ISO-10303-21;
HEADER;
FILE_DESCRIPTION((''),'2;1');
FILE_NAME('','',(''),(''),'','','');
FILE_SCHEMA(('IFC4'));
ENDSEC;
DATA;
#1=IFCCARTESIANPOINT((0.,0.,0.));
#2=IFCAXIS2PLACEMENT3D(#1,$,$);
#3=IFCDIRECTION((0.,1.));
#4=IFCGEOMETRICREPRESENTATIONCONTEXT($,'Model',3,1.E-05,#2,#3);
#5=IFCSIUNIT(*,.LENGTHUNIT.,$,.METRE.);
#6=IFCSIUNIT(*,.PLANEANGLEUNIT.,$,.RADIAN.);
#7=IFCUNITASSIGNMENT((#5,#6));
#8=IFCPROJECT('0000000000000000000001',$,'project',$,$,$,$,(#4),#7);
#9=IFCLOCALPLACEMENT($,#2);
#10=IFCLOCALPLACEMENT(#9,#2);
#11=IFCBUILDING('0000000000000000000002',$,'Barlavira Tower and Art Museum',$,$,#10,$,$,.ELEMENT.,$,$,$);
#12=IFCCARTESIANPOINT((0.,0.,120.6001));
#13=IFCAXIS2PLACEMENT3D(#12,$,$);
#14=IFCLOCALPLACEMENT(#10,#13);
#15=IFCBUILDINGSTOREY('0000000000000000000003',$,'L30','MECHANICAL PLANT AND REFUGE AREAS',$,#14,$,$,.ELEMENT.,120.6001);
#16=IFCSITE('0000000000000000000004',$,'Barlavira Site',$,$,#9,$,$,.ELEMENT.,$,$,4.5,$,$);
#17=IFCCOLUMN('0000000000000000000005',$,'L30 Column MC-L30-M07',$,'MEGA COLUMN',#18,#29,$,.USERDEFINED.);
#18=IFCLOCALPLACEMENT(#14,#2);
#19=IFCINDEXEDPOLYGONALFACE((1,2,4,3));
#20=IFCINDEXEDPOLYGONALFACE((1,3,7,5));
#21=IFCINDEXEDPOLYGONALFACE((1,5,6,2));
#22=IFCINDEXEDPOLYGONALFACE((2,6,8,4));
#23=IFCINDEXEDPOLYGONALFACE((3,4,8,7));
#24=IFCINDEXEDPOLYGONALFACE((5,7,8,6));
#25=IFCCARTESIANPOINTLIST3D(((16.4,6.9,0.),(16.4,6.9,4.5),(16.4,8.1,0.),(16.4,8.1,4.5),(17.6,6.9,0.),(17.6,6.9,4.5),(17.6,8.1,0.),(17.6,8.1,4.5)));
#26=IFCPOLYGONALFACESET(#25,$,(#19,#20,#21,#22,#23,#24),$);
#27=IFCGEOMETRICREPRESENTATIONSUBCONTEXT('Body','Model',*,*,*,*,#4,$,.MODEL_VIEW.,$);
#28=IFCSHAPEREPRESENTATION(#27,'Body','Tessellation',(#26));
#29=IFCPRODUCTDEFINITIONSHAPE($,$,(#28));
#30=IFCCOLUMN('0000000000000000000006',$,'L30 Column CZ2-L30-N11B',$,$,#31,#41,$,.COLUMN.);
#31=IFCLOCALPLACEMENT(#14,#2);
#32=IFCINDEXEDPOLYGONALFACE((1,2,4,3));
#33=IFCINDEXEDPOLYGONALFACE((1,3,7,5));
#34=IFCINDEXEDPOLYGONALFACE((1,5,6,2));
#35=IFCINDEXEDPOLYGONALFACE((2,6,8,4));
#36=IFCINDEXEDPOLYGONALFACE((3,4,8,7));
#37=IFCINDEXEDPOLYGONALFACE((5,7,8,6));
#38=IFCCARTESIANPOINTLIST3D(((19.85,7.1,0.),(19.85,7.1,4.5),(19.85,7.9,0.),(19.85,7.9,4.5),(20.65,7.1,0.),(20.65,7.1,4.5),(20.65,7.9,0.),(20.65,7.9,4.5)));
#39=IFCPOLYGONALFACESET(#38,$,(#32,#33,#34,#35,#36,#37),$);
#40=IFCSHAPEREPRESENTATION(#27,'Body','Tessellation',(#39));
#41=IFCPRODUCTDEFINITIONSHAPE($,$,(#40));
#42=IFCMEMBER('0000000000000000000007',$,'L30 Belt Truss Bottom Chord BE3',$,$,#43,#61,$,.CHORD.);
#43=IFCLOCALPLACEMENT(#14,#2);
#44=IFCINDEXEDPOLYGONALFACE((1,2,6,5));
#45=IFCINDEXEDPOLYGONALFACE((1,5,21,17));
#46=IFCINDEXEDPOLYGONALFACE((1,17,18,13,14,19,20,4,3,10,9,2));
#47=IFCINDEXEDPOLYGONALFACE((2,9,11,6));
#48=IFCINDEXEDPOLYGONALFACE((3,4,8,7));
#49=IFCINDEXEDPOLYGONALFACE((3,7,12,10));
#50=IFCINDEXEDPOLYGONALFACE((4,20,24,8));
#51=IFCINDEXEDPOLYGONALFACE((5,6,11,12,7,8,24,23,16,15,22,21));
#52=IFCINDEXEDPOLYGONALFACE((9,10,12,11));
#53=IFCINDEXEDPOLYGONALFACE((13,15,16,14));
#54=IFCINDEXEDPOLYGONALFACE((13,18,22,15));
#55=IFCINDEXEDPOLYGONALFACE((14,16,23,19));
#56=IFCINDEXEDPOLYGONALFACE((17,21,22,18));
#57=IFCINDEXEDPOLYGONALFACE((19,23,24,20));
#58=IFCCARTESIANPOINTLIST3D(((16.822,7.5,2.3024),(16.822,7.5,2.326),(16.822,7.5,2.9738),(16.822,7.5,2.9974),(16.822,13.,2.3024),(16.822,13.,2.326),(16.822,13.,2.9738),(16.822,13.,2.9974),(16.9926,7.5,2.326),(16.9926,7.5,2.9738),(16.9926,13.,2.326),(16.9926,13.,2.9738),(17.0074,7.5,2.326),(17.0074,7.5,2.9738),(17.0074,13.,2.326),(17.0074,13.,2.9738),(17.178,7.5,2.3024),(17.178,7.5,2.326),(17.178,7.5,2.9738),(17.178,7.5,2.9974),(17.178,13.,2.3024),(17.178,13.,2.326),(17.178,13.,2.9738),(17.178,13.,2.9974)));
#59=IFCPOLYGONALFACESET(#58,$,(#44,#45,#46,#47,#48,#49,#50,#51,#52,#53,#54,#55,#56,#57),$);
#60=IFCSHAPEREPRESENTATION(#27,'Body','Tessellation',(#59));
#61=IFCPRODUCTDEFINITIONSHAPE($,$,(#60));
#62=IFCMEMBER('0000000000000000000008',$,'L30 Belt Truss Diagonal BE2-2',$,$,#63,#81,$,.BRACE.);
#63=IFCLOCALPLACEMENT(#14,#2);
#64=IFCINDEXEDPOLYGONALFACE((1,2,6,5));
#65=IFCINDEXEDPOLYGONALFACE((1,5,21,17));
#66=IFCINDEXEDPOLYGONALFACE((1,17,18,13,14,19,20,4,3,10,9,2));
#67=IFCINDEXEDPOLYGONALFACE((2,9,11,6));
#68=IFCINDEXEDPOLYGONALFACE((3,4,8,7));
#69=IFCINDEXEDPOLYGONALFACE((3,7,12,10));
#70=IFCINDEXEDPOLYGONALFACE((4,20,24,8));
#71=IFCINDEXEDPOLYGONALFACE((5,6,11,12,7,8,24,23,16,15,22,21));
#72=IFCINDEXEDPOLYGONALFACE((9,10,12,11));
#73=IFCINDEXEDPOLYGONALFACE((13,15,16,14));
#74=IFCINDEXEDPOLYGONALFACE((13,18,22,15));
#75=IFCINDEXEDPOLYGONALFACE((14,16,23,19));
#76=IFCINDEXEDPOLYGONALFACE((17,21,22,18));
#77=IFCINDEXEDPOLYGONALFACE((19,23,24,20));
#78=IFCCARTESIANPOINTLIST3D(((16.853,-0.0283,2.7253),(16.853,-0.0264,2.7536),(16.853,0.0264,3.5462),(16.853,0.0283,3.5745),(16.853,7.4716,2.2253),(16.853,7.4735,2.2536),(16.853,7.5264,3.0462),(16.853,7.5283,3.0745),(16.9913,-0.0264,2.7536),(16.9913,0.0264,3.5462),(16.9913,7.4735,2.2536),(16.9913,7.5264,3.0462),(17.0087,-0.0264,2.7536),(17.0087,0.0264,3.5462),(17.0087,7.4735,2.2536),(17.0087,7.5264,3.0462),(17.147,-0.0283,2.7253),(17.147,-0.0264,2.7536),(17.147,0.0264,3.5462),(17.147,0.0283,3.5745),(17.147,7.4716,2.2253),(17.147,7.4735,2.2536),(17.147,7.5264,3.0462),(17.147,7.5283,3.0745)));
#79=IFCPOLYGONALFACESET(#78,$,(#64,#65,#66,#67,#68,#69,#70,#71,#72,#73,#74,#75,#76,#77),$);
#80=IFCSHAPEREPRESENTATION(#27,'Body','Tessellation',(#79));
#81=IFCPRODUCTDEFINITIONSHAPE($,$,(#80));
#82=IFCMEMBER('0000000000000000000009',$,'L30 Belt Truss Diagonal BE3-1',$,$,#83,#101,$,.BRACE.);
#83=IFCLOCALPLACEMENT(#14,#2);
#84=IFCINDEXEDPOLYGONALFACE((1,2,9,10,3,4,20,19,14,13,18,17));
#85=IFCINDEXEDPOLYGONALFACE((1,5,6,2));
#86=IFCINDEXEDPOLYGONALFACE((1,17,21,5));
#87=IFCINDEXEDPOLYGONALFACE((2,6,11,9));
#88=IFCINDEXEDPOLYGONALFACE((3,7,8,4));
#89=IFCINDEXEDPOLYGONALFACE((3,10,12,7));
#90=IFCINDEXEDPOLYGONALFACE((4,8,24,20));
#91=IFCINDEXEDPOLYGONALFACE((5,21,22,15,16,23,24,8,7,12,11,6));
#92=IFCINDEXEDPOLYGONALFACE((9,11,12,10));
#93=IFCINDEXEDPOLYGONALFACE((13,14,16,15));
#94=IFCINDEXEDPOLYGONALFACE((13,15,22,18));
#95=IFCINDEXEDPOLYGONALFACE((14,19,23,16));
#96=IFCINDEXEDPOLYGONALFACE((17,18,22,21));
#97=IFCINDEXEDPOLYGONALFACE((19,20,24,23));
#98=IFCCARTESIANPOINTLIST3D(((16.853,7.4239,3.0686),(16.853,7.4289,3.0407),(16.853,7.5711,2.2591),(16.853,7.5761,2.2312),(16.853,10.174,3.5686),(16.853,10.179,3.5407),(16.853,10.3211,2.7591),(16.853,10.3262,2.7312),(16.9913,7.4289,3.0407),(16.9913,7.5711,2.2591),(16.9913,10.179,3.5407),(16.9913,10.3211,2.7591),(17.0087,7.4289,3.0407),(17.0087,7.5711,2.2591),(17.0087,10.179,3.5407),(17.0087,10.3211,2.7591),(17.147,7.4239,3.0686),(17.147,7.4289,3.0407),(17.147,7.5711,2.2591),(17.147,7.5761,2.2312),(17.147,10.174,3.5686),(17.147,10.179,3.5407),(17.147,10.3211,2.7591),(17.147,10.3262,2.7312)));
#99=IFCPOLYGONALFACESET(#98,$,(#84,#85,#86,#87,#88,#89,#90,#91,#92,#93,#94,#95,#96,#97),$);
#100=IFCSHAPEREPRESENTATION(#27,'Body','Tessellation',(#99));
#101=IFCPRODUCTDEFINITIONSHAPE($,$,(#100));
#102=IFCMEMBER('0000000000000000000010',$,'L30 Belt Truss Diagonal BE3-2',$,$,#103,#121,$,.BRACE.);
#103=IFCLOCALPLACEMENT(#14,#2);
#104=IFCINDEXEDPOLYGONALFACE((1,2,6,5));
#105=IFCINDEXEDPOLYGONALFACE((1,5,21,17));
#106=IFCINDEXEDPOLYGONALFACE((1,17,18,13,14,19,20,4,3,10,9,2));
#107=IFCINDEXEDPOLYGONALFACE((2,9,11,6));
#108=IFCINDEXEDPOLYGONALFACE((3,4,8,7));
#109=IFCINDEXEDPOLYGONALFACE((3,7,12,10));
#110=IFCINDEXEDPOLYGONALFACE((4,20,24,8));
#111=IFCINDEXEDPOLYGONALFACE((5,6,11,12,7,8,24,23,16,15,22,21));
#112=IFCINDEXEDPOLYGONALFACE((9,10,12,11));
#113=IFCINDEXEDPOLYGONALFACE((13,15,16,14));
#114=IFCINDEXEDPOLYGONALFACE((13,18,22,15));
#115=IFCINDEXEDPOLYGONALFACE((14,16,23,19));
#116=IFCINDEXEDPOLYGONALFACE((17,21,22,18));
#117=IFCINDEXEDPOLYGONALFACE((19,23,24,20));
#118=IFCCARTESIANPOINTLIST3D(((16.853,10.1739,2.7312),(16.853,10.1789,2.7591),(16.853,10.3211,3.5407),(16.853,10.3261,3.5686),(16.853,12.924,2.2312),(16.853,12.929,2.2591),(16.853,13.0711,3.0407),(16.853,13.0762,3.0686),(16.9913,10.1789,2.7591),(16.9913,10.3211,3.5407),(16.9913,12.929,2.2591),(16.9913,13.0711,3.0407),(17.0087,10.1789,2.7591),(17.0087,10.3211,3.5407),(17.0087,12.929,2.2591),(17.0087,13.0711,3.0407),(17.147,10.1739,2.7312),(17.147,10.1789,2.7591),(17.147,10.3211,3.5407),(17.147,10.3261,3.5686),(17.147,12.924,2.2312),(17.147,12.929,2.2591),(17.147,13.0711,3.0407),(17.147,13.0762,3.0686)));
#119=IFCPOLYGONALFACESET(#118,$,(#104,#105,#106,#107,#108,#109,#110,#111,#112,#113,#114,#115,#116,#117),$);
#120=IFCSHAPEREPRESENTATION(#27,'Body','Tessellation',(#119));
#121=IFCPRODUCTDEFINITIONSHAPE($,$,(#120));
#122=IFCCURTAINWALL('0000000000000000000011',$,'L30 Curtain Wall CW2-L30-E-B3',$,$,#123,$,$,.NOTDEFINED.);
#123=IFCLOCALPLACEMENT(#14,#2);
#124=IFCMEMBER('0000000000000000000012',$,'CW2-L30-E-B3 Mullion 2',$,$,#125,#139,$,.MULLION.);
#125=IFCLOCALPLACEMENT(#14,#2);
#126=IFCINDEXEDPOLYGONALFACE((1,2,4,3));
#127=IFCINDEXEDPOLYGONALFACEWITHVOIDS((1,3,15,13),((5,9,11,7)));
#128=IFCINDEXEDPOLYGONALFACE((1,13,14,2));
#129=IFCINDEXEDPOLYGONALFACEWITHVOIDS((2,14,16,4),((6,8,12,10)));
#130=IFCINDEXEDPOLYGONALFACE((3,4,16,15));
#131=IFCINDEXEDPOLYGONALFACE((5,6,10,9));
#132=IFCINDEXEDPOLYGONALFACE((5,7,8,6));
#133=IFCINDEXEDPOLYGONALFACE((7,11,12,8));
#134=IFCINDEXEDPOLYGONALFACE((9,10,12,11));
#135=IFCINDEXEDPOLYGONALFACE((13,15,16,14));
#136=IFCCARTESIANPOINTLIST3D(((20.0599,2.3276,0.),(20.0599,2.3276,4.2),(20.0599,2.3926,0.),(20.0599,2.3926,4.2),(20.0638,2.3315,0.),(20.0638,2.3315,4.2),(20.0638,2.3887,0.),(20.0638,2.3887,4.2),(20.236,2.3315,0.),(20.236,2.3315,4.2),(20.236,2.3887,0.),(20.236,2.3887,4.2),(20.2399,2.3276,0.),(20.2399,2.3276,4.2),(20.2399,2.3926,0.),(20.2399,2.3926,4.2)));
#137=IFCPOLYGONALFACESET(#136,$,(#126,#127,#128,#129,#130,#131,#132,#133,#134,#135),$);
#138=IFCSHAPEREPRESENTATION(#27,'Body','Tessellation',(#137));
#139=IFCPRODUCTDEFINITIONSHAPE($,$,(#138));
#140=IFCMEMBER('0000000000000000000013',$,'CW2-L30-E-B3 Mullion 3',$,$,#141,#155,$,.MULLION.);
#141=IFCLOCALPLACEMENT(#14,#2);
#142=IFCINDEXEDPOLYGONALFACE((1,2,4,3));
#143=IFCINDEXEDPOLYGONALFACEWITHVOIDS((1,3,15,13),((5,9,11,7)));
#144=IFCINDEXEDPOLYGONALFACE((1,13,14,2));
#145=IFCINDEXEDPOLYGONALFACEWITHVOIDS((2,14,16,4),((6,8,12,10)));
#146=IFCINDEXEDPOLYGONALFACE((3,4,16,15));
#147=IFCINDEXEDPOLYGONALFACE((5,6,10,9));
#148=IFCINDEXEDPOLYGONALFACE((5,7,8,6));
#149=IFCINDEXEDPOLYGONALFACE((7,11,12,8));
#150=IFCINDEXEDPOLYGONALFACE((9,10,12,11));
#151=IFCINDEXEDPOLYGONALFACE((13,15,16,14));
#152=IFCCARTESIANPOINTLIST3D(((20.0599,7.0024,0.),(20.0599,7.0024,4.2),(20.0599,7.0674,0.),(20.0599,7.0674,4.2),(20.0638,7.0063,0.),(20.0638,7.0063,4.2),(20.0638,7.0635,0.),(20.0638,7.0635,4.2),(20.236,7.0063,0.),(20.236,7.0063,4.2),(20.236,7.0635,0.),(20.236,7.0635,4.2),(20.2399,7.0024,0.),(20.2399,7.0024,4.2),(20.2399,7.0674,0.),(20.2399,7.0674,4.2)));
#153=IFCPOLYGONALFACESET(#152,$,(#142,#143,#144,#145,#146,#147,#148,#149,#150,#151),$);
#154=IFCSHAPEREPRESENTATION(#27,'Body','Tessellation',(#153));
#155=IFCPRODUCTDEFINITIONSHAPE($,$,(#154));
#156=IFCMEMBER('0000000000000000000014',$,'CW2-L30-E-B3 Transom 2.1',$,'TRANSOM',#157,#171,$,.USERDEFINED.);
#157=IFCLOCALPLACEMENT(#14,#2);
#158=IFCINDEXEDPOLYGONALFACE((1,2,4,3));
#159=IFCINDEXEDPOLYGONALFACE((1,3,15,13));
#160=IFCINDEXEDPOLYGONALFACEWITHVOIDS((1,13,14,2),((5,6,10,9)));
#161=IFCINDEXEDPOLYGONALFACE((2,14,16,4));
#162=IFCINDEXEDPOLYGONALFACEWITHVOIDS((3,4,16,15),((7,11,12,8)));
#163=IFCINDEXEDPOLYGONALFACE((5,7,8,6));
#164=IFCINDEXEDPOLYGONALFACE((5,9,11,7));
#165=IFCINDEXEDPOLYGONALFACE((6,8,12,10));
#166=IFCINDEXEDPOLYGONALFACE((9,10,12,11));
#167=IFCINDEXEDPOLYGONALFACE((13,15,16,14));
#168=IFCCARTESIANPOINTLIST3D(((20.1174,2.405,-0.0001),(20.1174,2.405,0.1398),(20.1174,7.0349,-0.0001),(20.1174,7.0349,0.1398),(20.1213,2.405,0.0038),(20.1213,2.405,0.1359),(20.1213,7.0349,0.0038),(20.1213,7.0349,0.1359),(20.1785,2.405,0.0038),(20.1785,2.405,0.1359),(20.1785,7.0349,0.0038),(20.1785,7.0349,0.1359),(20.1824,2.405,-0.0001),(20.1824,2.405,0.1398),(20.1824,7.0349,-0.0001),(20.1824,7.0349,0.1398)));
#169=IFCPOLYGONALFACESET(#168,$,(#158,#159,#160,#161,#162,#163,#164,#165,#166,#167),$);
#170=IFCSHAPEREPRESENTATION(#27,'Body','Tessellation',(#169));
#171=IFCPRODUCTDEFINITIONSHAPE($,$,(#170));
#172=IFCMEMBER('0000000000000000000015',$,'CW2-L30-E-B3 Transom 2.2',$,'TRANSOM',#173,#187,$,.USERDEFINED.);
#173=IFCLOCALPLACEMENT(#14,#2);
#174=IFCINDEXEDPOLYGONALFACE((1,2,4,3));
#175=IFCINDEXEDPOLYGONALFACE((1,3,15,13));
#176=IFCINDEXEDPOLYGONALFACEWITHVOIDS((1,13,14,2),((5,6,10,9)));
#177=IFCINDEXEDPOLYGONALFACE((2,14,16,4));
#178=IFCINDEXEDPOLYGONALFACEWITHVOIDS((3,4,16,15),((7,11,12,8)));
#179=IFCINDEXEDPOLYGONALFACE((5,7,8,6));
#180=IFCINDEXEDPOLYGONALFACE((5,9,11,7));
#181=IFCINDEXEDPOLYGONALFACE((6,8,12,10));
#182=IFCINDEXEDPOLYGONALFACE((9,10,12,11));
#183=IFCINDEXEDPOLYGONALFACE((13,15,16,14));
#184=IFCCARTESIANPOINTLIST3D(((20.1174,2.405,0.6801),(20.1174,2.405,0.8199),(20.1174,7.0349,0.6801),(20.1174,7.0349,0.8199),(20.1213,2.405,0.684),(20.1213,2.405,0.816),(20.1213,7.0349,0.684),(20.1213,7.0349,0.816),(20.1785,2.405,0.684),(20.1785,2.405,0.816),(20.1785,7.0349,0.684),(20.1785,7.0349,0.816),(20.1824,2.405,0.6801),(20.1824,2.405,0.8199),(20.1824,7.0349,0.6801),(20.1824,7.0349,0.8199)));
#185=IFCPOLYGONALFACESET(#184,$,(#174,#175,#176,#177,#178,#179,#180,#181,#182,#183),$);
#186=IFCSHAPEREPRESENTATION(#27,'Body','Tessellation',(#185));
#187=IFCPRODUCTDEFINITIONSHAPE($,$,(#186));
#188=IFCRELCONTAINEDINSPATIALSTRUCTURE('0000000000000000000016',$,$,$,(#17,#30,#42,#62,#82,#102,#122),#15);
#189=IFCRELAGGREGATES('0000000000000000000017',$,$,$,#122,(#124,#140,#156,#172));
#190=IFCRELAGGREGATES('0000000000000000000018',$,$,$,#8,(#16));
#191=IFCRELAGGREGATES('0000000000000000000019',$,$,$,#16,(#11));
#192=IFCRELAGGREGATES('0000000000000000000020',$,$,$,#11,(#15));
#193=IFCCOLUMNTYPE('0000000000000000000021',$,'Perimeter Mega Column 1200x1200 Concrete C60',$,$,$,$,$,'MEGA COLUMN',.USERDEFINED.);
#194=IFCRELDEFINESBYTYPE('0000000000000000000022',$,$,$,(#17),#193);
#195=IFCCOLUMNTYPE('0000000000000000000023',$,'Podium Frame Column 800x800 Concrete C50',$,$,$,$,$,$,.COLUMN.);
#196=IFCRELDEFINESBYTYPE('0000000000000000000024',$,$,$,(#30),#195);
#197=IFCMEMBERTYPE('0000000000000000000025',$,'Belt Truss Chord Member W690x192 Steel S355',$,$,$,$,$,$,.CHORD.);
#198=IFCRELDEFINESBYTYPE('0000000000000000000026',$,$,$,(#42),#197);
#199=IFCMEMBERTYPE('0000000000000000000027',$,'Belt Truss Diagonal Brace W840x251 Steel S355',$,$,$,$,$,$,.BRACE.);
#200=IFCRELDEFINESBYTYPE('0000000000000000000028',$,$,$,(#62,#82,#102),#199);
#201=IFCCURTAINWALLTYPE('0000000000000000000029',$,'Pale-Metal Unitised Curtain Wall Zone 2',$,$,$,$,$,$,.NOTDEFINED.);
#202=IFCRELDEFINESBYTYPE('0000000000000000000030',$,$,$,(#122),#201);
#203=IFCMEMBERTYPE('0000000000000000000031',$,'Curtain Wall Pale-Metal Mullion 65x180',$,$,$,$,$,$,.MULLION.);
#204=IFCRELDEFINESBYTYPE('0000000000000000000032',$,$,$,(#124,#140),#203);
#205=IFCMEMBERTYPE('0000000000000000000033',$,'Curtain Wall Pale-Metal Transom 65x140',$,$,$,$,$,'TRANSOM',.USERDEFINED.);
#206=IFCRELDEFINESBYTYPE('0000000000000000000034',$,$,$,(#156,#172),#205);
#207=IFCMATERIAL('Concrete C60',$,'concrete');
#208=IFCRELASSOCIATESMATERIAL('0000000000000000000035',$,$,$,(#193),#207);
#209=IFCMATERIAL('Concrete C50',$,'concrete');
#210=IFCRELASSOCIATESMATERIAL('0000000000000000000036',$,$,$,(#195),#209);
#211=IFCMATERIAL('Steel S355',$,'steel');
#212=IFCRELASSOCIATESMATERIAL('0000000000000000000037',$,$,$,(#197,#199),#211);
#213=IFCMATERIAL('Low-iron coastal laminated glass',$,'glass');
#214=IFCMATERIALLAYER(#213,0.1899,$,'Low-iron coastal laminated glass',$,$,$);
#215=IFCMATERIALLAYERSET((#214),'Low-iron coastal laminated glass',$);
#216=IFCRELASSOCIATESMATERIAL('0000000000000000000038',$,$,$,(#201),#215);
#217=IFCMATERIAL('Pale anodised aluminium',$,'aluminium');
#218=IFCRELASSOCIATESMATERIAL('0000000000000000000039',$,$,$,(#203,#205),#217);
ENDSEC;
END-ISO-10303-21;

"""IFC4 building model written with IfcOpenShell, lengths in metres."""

from ifc_helpers import new_model, si_unit, direction, frame, origin, origin_2d, place, context, subcontext, project, spatial, rectangle, hollow_rectangle, i_section, extrude, material, layer, layer_set, material_profile, profile_set, type_object, element, aggregate, save


model = new_model("IFC4")

# Units and contexts
model_context = context("Model", 3, precision=1e-05, world=origin(), true_north=direction((0.0, 1.0)))
body_context = subcontext(model_context, "Body", "Model", "MODEL_VIEW")
ifc_project = project(units=[si_unit("LENGTHUNIT", "METRE"), si_unit("PLANEANGLEUNIT", "RADIAN")], contexts=[model_context])

# Site, building, storey
site_placement = place(None, origin())
site = spatial("IfcSite", under=ifc_project, at=site_placement, Name="Barlavira Site", CompositionType="ELEMENT", RefElevation=4.5)
building_placement = place(site_placement, origin())
building = spatial("IfcBuilding", under=site, at=building_placement, Name="Barlavira Tower and Art Museum", CompositionType="ELEMENT")
storey_placement = place(building_placement, frame((0.0, 0.0, 120.6001)))
storey = spatial("IfcBuildingStorey", under=building, at=storey_placement, Name="L30", Description="MECHANICAL PLANT AND REFUGE AREAS", CompositionType="ELEMENT", Elevation=120.6001)

# Columns
ifc_material_1 = material(Name="Concrete C60", Category="concrete")
ifc_material_profile_1 = material_profile(ifc_material_1, rectangle(XDim=1.2, YDim=1.2, at=origin_2d()), Name="RC-COL 1200x1200")
ifc_profile_set_1 = profile_set([ifc_material_profile_1], Name="Concrete C60")
column_type_1 = type_object("IfcColumnType", Name="Perimeter Mega Column 1200x1200 Concrete C60", ElementType="MEGA COLUMN", PredefinedType="USERDEFINED", material=ifc_profile_set_1)
column_1_placement = place(storey_placement, frame((17.0, 7.5, 0.0), z_axis=(0.0, 0.0, 1.0), x_axis=(1.0, 0.0, 0.0)))
element("IfcColumn", 1, at=column_1_placement, inside=storey, type_object=column_type_1, Name="L30 Column MC-L30-M07", ObjectType="MEGA COLUMN", PredefinedType="USERDEFINED", context=body_context, shape_type="SweptSolid", body=[
    extrude(rectangle(XDim=1.2, YDim=1.2, at=origin_2d()), origin(), (0.0, 0.0, 1.0), 4.5),
])
ifc_material_2 = material(Name="Concrete C50", Category="concrete")
ifc_material_profile_2 = material_profile(ifc_material_2, rectangle(XDim=0.8, YDim=0.8, at=origin_2d()), Name="RC-COL 800x800")
ifc_profile_set_2 = profile_set([ifc_material_profile_2], Name="Concrete C50")
column_type_2 = type_object("IfcColumnType", Name="Podium Frame Column 800x800 Concrete C50", PredefinedType="COLUMN", material=ifc_profile_set_2)
column_2_placement = place(storey_placement, frame((20.25, 7.5, 0.0), z_axis=(0.0, 0.0, 1.0), x_axis=(1.0, 0.0, 0.0)))
element("IfcColumn", 2, at=column_2_placement, inside=storey, type_object=column_type_2, Name="L30 Column CZ2-L30-N11B", PredefinedType="COLUMN", context=body_context, shape_type="SweptSolid", body=[
    extrude(rectangle(XDim=0.8, YDim=0.8, at=origin_2d()), origin(), (0.0, 0.0, 1.0), 4.5),
])

# Members
ifc_material_3 = material(Name="Steel S355", Category="steel")
ifc_material_profile_3 = material_profile(ifc_material_3, i_section(OverallWidth=0.356, OverallDepth=0.6951, WebThickness=0.0149, FlangeThickness=0.0237, at=origin_2d()), Name="W690x192.0")
ifc_profile_set_3 = profile_set([ifc_material_profile_3], Name="Steel S355")
member_type_1 = type_object("IfcMemberType", Name="Belt Truss Chord Member W690x192 Steel S355", PredefinedType="CHORD", material=ifc_profile_set_3)
member_1_placement = place(storey_placement, frame((17.0, 7.5, 2.6499), z_axis=(0.0, 1.0, 0.0), x_axis=(-1.0, 0.0, 0.0)))
element("IfcMember", 3, at=member_1_placement, inside=storey, type_object=member_type_1, Name="L30 Belt Truss Bottom Chord BE3", PredefinedType="CHORD", context=body_context, shape_type="SweptSolid", body=[
    extrude(i_section(OverallWidth=0.356, OverallDepth=0.6951, WebThickness=0.0149, FlangeThickness=0.0237, at=origin_2d()), origin(), (0.0, 0.0, 1.0), 5.5),
])
ifc_material_profile_4 = material_profile(ifc_material_3, i_section(OverallWidth=0.2939, OverallDepth=0.8511, WebThickness=0.0173, FlangeThickness=0.0283, at=origin_2d()), Name="W840x251.0")
ifc_profile_set_4 = profile_set([ifc_material_profile_4], Name="Steel S355")
member_type_2 = type_object("IfcMemberType", Name="Belt Truss Diagonal Brace W840x251 Steel S355", PredefinedType="BRACE", material=ifc_profile_set_4)
member_2_placement = place(storey_placement, frame((17.0, 0.0, 3.1499), z_axis=(0.0, 0.997785, -0.066519), x_axis=(-1.0, 0.0, 0.0)))
element("IfcMember", 4, at=member_2_placement, inside=storey, type_object=member_type_2, Name="L30 Belt Truss Diagonal BE2-2", PredefinedType="BRACE", context=body_context, shape_type="SweptSolid", body=[
    extrude(i_section(OverallWidth=0.2939, OverallDepth=0.8511, WebThickness=0.0173, FlangeThickness=0.0283, at=origin_2d()), origin(), (0.0, 0.0, 1.0), 7.5166),
])
for number, where, z_axis, x_axis, name in (
    (5, (17.0, 7.5, 2.6499), (0.0, 0.98387, 0.178885), (-1.0, 0.0, 0.0), "L30 Belt Truss Diagonal BE3-1"),
    (6, (17.0, 10.25, 3.1499), (0.0, 0.98387, -0.178885), (-1.0, 0.0, 0.0), "L30 Belt Truss Diagonal BE3-2"),
):
    element("IfcMember", number, at=place(storey_placement, frame(where, z_axis=z_axis, x_axis=x_axis)), inside=storey, type_object=member_type_2, Name=name, PredefinedType="BRACE", context=body_context, shape_type="SweptSolid", body=[
        extrude(i_section(OverallWidth=0.2939, OverallDepth=0.8511, WebThickness=0.0173, FlangeThickness=0.0283, at=origin_2d()), origin(), (0.0, 0.0, 1.0), 2.7952),
    ])

# Curtain wall, members
ifc_material_4 = material(Name="Low-iron coastal laminated glass", Category="glass")
ifc_layer_1 = layer(ifc_material_4, 0.1899, Name="Low-iron coastal laminated glass")
ifc_layer_set_1 = layer_set([ifc_layer_1], Name="Low-iron coastal laminated glass")
curtain_wall_type = type_object("IfcCurtainWallType", Name="Pale-Metal Unitised Curtain Wall Zone 2", PredefinedType="NOTDEFINED", material=ifc_layer_set_1)
curtain_wall_placement = place(storey_placement, origin())
curtain_wall = element("IfcCurtainWall", 7, at=curtain_wall_placement, inside=storey, type_object=curtain_wall_type, Name="L30 Curtain Wall CW2-L30-E-B3", PredefinedType="NOTDEFINED")
ifc_material_5 = material(Name="Pale anodised aluminium", Category="aluminium")
ifc_material_profile_5 = material_profile(ifc_material_5, hollow_rectangle(XDim=0.0649, YDim=0.1799, WallThickness=0.0039, at=origin_2d()), Name="ALU-MULL 65x180x4")
ifc_profile_set_5 = profile_set([ifc_material_profile_5], Name="Pale anodised aluminium")
member_type_3 = type_object("IfcMemberType", Name="Curtain Wall Pale-Metal Mullion 65x180", PredefinedType="MULLION", material=ifc_profile_set_5)
member_3_placement = place(storey_placement, frame((20.1499, 2.3601, 0.0), z_axis=(0.0, 0.0, 1.0), x_axis=(0.0, 1.0, 0.0)))
member_3 = element("IfcMember", 8, at=member_3_placement, type_object=member_type_3, Name="CW2-L30-E-B3 Mullion 2", PredefinedType="MULLION", context=body_context, shape_type="SweptSolid", body=[
    extrude(hollow_rectangle(XDim=0.0649, YDim=0.1799, WallThickness=0.0039, at=origin_2d()), origin(), (0.0, 0.0, 1.0), 4.2),
])
member_4_placement = place(storey_placement, frame((20.1499, 7.0349, 0.0), z_axis=(0.0, 0.0, 1.0), x_axis=(0.0, 1.0, 0.0)))
member_4 = element("IfcMember", 9, at=member_4_placement, type_object=member_type_3, Name="CW2-L30-E-B3 Mullion 3", PredefinedType="MULLION", context=body_context, shape_type="SweptSolid", body=[
    extrude(hollow_rectangle(XDim=0.0649, YDim=0.1799, WallThickness=0.0039, at=origin_2d()), origin(), (0.0, 0.0, 1.0), 4.2),
])
ifc_material_profile_6 = material_profile(ifc_material_5, hollow_rectangle(XDim=0.0649, YDim=0.1399, WallThickness=0.0039, at=origin_2d()), Name="ALU-TRAN 65x140x4")
ifc_profile_set_6 = profile_set([ifc_material_profile_6], Name="Pale anodised aluminium")
member_type_4 = type_object("IfcMemberType", Name="Curtain Wall Pale-Metal Transom 65x140", ElementType="TRANSOM", PredefinedType="USERDEFINED", material=ifc_profile_set_6)
member_5_placement = place(storey_placement, frame((20.1499, 2.405, 0.0698), z_axis=(0.0, 1.0, 0.0), x_axis=(-1.0, 0.0, 0.0)))
member_5 = element("IfcMember", 10, at=member_5_placement, type_object=member_type_4, Name="CW2-L30-E-B3 Transom 2.1", ObjectType="TRANSOM", PredefinedType="USERDEFINED", context=body_context, shape_type="SweptSolid", body=[
    extrude(hollow_rectangle(XDim=0.0649, YDim=0.1399, WallThickness=0.0039, at=origin_2d()), origin(), (0.0, 0.0, 1.0), 4.6299),
])
member_6_placement = place(storey_placement, frame((20.1499, 2.405, 0.75), z_axis=(0.0, 1.0, 0.0), x_axis=(-1.0, 0.0, 0.0)))
member_6 = element("IfcMember", 11, at=member_6_placement, type_object=member_type_4, Name="CW2-L30-E-B3 Transom 2.2", ObjectType="TRANSOM", PredefinedType="USERDEFINED", context=body_context, shape_type="SweptSolid", body=[
    extrude(hollow_rectangle(XDim=0.0649, YDim=0.1399, WallThickness=0.0039, at=origin_2d()), origin(), (0.0, 0.0, 1.0), 4.6299),
])

aggregate(curtain_wall, [member_3, member_4, member_5, member_6])

save(model, "model.ifc")
